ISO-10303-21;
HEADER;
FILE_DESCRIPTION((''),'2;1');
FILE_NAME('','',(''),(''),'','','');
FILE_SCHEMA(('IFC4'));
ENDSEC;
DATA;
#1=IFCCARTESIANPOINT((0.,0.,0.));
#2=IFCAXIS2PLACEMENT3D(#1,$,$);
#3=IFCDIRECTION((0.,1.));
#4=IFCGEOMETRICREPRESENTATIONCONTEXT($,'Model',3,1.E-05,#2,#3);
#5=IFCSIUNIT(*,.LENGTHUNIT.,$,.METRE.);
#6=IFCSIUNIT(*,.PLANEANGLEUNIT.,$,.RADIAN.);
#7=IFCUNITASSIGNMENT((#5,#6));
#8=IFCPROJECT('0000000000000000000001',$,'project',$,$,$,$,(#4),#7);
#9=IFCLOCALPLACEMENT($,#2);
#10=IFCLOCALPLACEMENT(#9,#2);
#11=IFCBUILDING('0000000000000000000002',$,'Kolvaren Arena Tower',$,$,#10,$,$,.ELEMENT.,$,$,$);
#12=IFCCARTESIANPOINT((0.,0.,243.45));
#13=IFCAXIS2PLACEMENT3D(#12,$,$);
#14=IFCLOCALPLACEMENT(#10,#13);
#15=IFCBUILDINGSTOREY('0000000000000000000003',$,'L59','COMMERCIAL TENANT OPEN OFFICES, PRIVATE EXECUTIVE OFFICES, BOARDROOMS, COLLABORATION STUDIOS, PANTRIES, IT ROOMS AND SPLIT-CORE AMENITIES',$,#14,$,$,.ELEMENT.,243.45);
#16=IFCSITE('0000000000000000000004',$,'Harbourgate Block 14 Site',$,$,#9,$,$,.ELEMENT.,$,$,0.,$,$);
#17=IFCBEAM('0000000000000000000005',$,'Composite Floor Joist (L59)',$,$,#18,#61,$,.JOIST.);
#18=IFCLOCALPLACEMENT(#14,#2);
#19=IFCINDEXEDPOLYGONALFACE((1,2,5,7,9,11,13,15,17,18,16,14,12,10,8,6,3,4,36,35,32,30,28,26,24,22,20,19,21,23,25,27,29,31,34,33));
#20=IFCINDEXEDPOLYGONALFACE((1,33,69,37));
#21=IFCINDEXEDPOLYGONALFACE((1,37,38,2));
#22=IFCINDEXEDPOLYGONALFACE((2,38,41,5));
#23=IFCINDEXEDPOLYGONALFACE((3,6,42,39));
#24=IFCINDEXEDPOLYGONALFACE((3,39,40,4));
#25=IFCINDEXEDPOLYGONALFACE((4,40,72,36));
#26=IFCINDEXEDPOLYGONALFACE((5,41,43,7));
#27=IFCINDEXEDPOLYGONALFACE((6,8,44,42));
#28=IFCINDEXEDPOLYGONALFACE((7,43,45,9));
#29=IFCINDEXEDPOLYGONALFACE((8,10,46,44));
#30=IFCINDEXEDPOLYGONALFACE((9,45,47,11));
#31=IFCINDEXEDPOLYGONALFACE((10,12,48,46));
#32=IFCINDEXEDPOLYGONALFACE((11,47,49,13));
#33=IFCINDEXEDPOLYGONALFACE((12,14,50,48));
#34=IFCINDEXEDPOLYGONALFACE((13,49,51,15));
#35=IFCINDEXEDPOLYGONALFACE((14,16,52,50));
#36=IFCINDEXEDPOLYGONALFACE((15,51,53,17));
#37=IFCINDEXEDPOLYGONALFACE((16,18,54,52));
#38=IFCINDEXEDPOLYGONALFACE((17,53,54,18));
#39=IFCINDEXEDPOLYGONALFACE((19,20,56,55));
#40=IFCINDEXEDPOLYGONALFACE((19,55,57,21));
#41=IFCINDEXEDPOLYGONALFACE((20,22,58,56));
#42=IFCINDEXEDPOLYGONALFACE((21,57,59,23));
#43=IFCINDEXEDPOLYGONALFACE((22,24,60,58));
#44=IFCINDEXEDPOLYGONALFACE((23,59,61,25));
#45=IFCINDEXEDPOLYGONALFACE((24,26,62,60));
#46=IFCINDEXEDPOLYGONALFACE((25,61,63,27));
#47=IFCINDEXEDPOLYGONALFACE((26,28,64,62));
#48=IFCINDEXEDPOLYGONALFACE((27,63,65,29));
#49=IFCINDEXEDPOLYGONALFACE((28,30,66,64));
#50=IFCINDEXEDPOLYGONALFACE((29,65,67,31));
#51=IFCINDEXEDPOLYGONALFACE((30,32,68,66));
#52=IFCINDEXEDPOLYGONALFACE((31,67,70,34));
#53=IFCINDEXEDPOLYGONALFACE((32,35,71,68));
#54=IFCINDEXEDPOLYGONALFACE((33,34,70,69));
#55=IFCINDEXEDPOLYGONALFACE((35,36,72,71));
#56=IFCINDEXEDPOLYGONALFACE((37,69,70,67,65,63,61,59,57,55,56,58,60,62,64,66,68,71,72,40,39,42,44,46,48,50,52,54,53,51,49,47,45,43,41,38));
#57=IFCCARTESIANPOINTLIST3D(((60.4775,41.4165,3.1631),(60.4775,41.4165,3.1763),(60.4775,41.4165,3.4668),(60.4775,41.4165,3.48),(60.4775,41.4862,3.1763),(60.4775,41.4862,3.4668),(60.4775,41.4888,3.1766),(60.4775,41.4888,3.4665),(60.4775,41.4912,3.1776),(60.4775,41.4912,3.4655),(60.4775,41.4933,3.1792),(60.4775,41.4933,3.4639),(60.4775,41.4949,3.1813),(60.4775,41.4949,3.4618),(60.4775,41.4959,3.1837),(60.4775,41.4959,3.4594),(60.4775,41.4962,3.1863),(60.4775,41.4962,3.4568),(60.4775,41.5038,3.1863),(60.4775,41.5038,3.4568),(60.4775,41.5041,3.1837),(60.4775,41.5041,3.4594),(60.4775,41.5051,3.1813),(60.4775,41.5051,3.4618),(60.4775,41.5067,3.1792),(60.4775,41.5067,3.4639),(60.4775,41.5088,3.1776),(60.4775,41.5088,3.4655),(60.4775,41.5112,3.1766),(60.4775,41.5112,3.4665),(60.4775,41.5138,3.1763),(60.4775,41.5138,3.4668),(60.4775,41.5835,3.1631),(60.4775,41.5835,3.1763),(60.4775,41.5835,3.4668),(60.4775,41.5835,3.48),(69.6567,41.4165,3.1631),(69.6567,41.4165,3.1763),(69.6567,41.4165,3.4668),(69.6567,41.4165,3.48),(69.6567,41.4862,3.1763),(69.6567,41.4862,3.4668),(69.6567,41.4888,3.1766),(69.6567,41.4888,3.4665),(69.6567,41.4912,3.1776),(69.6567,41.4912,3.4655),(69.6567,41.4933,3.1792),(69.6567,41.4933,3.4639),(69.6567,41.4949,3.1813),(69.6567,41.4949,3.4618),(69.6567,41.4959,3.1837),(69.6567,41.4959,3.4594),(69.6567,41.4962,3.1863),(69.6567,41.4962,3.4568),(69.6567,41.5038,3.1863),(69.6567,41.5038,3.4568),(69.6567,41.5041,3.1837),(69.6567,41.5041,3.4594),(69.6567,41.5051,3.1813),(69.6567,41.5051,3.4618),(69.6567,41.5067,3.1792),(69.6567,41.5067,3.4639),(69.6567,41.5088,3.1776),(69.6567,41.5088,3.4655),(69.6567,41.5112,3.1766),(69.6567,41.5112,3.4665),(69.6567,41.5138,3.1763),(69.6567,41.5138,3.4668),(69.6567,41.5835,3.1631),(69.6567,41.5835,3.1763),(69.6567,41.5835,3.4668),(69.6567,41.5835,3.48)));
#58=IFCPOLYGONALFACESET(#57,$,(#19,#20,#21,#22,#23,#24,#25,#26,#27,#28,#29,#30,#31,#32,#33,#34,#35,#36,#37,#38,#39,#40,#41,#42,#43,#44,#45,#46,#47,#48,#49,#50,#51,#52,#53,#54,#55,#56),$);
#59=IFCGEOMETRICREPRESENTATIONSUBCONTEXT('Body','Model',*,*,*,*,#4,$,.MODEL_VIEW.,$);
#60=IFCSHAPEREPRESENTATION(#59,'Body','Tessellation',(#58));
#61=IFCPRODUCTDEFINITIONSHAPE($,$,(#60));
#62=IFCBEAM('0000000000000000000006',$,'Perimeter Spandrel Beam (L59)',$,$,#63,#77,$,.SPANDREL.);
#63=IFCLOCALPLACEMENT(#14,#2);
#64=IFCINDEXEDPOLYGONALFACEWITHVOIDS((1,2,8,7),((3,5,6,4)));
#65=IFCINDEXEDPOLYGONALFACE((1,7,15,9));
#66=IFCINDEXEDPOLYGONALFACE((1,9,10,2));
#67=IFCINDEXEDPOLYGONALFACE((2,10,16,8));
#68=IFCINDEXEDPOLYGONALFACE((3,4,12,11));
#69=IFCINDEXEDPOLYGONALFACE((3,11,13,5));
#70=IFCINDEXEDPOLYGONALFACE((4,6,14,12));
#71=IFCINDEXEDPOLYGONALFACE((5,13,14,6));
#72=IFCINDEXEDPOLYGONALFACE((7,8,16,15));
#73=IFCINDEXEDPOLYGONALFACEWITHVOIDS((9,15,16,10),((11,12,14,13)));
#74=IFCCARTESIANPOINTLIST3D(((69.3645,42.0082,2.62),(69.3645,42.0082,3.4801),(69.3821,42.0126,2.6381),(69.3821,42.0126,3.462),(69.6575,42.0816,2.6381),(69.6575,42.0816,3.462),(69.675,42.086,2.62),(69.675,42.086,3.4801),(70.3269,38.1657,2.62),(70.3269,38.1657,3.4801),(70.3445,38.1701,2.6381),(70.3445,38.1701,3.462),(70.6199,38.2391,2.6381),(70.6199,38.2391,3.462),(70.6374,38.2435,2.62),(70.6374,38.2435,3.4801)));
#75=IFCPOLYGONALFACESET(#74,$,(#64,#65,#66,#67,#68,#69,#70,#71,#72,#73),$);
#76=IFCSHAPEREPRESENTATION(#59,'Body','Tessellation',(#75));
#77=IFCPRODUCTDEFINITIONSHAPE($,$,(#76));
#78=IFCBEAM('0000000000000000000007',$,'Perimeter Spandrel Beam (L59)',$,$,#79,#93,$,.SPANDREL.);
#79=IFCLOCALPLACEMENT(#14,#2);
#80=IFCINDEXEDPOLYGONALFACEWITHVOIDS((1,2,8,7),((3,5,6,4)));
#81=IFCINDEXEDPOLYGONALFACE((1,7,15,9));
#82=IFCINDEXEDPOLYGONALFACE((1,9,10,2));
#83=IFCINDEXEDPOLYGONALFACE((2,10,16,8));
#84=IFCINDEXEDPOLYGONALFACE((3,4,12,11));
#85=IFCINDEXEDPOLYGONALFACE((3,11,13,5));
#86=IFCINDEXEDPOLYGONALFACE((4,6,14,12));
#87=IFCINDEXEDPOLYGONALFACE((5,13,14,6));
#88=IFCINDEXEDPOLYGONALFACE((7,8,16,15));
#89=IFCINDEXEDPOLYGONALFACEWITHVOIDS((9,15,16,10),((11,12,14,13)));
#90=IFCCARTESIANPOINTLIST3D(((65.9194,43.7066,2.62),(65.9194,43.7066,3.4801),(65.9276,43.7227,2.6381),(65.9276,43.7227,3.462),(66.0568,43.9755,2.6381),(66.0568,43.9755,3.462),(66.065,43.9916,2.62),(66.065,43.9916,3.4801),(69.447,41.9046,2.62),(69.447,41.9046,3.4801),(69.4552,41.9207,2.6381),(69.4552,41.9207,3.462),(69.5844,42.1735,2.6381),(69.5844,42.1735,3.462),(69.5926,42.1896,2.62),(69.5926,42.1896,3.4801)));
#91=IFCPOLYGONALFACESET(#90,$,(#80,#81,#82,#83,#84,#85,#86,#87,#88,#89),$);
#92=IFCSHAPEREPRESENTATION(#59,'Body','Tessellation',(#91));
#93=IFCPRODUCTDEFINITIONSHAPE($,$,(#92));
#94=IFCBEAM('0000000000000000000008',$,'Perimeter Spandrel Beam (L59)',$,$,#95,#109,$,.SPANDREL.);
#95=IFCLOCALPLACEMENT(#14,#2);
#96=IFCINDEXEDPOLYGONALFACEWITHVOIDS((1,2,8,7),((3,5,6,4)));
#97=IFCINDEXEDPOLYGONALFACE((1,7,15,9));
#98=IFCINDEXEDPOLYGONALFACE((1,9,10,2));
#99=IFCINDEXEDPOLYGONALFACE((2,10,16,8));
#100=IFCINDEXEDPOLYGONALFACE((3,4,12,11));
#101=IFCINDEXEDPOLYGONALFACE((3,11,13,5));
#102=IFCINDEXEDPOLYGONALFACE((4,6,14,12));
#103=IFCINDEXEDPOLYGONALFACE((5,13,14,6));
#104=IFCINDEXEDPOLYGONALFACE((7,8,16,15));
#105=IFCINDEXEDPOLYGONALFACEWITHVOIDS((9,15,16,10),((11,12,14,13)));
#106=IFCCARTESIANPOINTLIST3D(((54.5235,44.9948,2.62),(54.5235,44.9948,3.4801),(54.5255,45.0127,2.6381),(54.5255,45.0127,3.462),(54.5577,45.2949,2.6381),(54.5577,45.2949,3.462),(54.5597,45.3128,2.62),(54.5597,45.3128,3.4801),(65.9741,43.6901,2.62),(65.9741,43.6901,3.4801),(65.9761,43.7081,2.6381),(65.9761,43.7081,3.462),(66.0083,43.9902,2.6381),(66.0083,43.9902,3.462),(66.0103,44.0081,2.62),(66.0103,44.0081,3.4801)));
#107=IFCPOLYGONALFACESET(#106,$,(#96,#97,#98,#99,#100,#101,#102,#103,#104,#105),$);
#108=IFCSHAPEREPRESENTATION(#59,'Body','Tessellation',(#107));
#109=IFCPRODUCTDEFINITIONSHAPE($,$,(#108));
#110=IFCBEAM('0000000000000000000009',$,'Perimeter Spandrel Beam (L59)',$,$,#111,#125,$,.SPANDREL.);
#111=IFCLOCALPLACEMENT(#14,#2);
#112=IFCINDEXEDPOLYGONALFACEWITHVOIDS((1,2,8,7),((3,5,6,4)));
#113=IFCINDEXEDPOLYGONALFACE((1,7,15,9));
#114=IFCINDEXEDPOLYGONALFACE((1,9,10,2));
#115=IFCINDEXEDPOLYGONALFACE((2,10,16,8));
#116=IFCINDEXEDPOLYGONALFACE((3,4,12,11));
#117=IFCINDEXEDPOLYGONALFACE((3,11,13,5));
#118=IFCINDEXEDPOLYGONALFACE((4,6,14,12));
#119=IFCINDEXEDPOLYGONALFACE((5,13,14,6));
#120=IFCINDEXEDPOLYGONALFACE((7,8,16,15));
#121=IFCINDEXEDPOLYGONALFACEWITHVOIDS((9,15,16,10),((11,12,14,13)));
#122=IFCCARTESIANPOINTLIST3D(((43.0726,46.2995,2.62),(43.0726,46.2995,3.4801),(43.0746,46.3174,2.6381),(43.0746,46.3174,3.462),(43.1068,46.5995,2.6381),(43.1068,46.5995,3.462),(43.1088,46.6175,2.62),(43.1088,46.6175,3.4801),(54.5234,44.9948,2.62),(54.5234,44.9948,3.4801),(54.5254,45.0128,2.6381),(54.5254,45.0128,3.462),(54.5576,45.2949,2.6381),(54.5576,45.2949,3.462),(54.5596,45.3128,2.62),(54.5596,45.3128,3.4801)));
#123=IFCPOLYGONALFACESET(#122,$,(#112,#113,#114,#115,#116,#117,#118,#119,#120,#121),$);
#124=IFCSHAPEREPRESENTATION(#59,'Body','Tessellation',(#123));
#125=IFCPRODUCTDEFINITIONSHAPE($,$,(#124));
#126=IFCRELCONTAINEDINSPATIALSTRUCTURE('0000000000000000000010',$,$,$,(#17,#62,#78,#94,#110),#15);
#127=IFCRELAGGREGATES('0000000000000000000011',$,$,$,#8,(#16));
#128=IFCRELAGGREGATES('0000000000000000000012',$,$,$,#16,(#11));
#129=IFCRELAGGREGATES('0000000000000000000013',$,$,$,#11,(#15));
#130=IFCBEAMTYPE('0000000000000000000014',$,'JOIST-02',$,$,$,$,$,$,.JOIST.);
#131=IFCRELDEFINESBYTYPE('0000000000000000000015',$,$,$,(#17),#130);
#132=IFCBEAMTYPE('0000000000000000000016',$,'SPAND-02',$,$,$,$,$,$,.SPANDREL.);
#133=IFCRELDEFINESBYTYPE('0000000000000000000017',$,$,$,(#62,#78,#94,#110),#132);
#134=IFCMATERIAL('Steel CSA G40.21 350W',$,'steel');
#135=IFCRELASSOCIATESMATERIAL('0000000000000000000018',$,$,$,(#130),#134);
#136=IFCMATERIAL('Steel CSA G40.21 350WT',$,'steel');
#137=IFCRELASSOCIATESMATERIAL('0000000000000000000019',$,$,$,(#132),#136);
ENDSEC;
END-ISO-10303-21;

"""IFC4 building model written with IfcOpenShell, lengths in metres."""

from ifc_helpers import new_model, si_unit, direction, frame, origin, origin_2d, place, context, subcontext, project, spatial, hollow_rectangle, i_section, extrude, material, material_profile, profile_set, type_object, element, save


model = new_model("IFC4")

# Units and contexts
model_context = context("Model", 3, precision=1e-05, world=origin(), true_north=direction((0.0, 1.0)))
body_context = subcontext(model_context, "Body", "Model", "MODEL_VIEW")
ifc_project = project(units=[si_unit("LENGTHUNIT", "METRE"), si_unit("PLANEANGLEUNIT", "RADIAN")], contexts=[model_context])

# Site, building, storey
site_placement = place(None, origin())
site = spatial("IfcSite", under=ifc_project, at=site_placement, Name="Harbourgate Block 14 Site", CompositionType="ELEMENT", RefElevation=0.0)
building_placement = place(site_placement, origin())
building = spatial("IfcBuilding", under=site, at=building_placement, Name="Kolvaren Arena Tower", CompositionType="ELEMENT")
storey_placement = place(building_placement, frame((0.0, 0.0, 243.45)))
storey = spatial("IfcBuildingStorey", under=building, at=storey_placement, Name="L59", Description="COMMERCIAL TENANT OPEN OFFICES, PRIVATE EXECUTIVE OFFICES, BOARDROOMS, COLLABORATION STUDIOS, PANTRIES, IT ROOMS AND SPLIT-CORE AMENITIES", CompositionType="ELEMENT", Elevation=243.45)

# Beams
ifc_material_1 = material(Name="Steel CSA G40.21 350W", Category="steel")
ifc_material_profile_1 = material_profile(ifc_material_1, i_section(OverallWidth=0.167, OverallDepth=0.3169, WebThickness=0.0076, FlangeThickness=0.0132, FilletRadius=0.01, at=origin_2d()), Name="W310x52")
ifc_profile_set_1 = profile_set([ifc_material_profile_1], Name="Steel CSA G40.21 350W")
beam_type_1 = type_object("IfcBeamType", Name="JOIST-02", PredefinedType="JOIST", material=ifc_profile_set_1)
beam_1_placement = place(storey_placement, frame((60.4775, 41.5, 3.3215), z_axis=(1.0, 0.0, 0.0), x_axis=(0.0, 1.0, 0.0)))
element("IfcBeam", 1, at=beam_1_placement, inside=storey, type_object=beam_type_1, Name="Composite Floor Joist (L59)", PredefinedType="JOIST", context=body_context, shape_type="SweptSolid", body=[
    extrude(i_section(OverallWidth=0.167, OverallDepth=0.3169, WebThickness=0.0076, FlangeThickness=0.0132, FilletRadius=0.01, at=origin_2d()), origin(), (0.0, 0.0, 1.0), 9.1792),
])
ifc_material_2 = material(Name="Steel CSA G40.21 350WT", Category="steel")
ifc_material_profile_2 = material_profile(ifc_material_2, hollow_rectangle(XDim=0.3201, YDim=0.8601, WallThickness=0.0181, at=origin_2d()), Name="HSS 860x320x18")
ifc_profile_set_2 = profile_set([ifc_material_profile_2], Name="Steel CSA G40.21 350WT")
beam_type_2 = type_object("IfcBeamType", Name="SPAND-02", PredefinedType="SPANDREL", material=ifc_profile_set_2)
for number, where, z_axis, x_axis, name in (
    (2, (70.4822, 38.2046, 3.05), (-0.242956, 0.970037, 0.0), (-0.970037, -0.242956, 0.0), "Perimeter Spandrel Beam (L59)"),
    (3, (69.5198, 42.0471, 3.05), (-0.890536, 0.454913, 0.0), (-0.454913, -0.890536, 0.0), "Perimeter Spandrel Beam (L59)"),
):
    element("IfcBeam", number, at=place(storey_placement, frame(where, z_axis=z_axis, x_axis=x_axis)), inside=storey, type_object=beam_type_2, Name=name, PredefinedType="SPANDREL", context=body_context, shape_type="SweptSolid", body=[
        extrude(hollow_rectangle(XDim=0.3201, YDim=0.8601, WallThickness=0.0181, at=origin_2d()), origin(), (0.0, 0.0, 1.0), 3.9612),
    ])
beam_2_placement = place(storey_placement, frame((65.9922, 43.8491, 3.05), z_axis=(-0.993571, 0.113207, 0.0), x_axis=(-0.113207, -0.993571, 0.0)))
element("IfcBeam", 4, at=beam_2_placement, inside=storey, type_object=beam_type_2, Name="Perimeter Spandrel Beam (L59)", PredefinedType="SPANDREL", context=body_context, shape_type="SweptSolid", body=[
    extrude(hollow_rectangle(XDim=0.3201, YDim=0.8601, WallThickness=0.0181, at=origin_2d()), origin(), (0.0, 0.0, 1.0), 11.5247),
])
beam_3_placement = place(storey_placement, frame((54.5415, 45.1538, 3.05), z_axis=(-0.993572, 0.113205, 0.0), x_axis=(-0.113205, -0.993572, 0.0)))
element("IfcBeam", 5, at=beam_3_placement, inside=storey, type_object=beam_type_2, Name="Perimeter Spandrel Beam (L59)", PredefinedType="SPANDREL", context=body_context, shape_type="SweptSolid", body=[
    extrude(hollow_rectangle(XDim=0.3201, YDim=0.8601, WallThickness=0.0181, at=origin_2d()), origin(), (0.0, 0.0, 1.0), 11.5249),
])

save(model, "model.ifc")
